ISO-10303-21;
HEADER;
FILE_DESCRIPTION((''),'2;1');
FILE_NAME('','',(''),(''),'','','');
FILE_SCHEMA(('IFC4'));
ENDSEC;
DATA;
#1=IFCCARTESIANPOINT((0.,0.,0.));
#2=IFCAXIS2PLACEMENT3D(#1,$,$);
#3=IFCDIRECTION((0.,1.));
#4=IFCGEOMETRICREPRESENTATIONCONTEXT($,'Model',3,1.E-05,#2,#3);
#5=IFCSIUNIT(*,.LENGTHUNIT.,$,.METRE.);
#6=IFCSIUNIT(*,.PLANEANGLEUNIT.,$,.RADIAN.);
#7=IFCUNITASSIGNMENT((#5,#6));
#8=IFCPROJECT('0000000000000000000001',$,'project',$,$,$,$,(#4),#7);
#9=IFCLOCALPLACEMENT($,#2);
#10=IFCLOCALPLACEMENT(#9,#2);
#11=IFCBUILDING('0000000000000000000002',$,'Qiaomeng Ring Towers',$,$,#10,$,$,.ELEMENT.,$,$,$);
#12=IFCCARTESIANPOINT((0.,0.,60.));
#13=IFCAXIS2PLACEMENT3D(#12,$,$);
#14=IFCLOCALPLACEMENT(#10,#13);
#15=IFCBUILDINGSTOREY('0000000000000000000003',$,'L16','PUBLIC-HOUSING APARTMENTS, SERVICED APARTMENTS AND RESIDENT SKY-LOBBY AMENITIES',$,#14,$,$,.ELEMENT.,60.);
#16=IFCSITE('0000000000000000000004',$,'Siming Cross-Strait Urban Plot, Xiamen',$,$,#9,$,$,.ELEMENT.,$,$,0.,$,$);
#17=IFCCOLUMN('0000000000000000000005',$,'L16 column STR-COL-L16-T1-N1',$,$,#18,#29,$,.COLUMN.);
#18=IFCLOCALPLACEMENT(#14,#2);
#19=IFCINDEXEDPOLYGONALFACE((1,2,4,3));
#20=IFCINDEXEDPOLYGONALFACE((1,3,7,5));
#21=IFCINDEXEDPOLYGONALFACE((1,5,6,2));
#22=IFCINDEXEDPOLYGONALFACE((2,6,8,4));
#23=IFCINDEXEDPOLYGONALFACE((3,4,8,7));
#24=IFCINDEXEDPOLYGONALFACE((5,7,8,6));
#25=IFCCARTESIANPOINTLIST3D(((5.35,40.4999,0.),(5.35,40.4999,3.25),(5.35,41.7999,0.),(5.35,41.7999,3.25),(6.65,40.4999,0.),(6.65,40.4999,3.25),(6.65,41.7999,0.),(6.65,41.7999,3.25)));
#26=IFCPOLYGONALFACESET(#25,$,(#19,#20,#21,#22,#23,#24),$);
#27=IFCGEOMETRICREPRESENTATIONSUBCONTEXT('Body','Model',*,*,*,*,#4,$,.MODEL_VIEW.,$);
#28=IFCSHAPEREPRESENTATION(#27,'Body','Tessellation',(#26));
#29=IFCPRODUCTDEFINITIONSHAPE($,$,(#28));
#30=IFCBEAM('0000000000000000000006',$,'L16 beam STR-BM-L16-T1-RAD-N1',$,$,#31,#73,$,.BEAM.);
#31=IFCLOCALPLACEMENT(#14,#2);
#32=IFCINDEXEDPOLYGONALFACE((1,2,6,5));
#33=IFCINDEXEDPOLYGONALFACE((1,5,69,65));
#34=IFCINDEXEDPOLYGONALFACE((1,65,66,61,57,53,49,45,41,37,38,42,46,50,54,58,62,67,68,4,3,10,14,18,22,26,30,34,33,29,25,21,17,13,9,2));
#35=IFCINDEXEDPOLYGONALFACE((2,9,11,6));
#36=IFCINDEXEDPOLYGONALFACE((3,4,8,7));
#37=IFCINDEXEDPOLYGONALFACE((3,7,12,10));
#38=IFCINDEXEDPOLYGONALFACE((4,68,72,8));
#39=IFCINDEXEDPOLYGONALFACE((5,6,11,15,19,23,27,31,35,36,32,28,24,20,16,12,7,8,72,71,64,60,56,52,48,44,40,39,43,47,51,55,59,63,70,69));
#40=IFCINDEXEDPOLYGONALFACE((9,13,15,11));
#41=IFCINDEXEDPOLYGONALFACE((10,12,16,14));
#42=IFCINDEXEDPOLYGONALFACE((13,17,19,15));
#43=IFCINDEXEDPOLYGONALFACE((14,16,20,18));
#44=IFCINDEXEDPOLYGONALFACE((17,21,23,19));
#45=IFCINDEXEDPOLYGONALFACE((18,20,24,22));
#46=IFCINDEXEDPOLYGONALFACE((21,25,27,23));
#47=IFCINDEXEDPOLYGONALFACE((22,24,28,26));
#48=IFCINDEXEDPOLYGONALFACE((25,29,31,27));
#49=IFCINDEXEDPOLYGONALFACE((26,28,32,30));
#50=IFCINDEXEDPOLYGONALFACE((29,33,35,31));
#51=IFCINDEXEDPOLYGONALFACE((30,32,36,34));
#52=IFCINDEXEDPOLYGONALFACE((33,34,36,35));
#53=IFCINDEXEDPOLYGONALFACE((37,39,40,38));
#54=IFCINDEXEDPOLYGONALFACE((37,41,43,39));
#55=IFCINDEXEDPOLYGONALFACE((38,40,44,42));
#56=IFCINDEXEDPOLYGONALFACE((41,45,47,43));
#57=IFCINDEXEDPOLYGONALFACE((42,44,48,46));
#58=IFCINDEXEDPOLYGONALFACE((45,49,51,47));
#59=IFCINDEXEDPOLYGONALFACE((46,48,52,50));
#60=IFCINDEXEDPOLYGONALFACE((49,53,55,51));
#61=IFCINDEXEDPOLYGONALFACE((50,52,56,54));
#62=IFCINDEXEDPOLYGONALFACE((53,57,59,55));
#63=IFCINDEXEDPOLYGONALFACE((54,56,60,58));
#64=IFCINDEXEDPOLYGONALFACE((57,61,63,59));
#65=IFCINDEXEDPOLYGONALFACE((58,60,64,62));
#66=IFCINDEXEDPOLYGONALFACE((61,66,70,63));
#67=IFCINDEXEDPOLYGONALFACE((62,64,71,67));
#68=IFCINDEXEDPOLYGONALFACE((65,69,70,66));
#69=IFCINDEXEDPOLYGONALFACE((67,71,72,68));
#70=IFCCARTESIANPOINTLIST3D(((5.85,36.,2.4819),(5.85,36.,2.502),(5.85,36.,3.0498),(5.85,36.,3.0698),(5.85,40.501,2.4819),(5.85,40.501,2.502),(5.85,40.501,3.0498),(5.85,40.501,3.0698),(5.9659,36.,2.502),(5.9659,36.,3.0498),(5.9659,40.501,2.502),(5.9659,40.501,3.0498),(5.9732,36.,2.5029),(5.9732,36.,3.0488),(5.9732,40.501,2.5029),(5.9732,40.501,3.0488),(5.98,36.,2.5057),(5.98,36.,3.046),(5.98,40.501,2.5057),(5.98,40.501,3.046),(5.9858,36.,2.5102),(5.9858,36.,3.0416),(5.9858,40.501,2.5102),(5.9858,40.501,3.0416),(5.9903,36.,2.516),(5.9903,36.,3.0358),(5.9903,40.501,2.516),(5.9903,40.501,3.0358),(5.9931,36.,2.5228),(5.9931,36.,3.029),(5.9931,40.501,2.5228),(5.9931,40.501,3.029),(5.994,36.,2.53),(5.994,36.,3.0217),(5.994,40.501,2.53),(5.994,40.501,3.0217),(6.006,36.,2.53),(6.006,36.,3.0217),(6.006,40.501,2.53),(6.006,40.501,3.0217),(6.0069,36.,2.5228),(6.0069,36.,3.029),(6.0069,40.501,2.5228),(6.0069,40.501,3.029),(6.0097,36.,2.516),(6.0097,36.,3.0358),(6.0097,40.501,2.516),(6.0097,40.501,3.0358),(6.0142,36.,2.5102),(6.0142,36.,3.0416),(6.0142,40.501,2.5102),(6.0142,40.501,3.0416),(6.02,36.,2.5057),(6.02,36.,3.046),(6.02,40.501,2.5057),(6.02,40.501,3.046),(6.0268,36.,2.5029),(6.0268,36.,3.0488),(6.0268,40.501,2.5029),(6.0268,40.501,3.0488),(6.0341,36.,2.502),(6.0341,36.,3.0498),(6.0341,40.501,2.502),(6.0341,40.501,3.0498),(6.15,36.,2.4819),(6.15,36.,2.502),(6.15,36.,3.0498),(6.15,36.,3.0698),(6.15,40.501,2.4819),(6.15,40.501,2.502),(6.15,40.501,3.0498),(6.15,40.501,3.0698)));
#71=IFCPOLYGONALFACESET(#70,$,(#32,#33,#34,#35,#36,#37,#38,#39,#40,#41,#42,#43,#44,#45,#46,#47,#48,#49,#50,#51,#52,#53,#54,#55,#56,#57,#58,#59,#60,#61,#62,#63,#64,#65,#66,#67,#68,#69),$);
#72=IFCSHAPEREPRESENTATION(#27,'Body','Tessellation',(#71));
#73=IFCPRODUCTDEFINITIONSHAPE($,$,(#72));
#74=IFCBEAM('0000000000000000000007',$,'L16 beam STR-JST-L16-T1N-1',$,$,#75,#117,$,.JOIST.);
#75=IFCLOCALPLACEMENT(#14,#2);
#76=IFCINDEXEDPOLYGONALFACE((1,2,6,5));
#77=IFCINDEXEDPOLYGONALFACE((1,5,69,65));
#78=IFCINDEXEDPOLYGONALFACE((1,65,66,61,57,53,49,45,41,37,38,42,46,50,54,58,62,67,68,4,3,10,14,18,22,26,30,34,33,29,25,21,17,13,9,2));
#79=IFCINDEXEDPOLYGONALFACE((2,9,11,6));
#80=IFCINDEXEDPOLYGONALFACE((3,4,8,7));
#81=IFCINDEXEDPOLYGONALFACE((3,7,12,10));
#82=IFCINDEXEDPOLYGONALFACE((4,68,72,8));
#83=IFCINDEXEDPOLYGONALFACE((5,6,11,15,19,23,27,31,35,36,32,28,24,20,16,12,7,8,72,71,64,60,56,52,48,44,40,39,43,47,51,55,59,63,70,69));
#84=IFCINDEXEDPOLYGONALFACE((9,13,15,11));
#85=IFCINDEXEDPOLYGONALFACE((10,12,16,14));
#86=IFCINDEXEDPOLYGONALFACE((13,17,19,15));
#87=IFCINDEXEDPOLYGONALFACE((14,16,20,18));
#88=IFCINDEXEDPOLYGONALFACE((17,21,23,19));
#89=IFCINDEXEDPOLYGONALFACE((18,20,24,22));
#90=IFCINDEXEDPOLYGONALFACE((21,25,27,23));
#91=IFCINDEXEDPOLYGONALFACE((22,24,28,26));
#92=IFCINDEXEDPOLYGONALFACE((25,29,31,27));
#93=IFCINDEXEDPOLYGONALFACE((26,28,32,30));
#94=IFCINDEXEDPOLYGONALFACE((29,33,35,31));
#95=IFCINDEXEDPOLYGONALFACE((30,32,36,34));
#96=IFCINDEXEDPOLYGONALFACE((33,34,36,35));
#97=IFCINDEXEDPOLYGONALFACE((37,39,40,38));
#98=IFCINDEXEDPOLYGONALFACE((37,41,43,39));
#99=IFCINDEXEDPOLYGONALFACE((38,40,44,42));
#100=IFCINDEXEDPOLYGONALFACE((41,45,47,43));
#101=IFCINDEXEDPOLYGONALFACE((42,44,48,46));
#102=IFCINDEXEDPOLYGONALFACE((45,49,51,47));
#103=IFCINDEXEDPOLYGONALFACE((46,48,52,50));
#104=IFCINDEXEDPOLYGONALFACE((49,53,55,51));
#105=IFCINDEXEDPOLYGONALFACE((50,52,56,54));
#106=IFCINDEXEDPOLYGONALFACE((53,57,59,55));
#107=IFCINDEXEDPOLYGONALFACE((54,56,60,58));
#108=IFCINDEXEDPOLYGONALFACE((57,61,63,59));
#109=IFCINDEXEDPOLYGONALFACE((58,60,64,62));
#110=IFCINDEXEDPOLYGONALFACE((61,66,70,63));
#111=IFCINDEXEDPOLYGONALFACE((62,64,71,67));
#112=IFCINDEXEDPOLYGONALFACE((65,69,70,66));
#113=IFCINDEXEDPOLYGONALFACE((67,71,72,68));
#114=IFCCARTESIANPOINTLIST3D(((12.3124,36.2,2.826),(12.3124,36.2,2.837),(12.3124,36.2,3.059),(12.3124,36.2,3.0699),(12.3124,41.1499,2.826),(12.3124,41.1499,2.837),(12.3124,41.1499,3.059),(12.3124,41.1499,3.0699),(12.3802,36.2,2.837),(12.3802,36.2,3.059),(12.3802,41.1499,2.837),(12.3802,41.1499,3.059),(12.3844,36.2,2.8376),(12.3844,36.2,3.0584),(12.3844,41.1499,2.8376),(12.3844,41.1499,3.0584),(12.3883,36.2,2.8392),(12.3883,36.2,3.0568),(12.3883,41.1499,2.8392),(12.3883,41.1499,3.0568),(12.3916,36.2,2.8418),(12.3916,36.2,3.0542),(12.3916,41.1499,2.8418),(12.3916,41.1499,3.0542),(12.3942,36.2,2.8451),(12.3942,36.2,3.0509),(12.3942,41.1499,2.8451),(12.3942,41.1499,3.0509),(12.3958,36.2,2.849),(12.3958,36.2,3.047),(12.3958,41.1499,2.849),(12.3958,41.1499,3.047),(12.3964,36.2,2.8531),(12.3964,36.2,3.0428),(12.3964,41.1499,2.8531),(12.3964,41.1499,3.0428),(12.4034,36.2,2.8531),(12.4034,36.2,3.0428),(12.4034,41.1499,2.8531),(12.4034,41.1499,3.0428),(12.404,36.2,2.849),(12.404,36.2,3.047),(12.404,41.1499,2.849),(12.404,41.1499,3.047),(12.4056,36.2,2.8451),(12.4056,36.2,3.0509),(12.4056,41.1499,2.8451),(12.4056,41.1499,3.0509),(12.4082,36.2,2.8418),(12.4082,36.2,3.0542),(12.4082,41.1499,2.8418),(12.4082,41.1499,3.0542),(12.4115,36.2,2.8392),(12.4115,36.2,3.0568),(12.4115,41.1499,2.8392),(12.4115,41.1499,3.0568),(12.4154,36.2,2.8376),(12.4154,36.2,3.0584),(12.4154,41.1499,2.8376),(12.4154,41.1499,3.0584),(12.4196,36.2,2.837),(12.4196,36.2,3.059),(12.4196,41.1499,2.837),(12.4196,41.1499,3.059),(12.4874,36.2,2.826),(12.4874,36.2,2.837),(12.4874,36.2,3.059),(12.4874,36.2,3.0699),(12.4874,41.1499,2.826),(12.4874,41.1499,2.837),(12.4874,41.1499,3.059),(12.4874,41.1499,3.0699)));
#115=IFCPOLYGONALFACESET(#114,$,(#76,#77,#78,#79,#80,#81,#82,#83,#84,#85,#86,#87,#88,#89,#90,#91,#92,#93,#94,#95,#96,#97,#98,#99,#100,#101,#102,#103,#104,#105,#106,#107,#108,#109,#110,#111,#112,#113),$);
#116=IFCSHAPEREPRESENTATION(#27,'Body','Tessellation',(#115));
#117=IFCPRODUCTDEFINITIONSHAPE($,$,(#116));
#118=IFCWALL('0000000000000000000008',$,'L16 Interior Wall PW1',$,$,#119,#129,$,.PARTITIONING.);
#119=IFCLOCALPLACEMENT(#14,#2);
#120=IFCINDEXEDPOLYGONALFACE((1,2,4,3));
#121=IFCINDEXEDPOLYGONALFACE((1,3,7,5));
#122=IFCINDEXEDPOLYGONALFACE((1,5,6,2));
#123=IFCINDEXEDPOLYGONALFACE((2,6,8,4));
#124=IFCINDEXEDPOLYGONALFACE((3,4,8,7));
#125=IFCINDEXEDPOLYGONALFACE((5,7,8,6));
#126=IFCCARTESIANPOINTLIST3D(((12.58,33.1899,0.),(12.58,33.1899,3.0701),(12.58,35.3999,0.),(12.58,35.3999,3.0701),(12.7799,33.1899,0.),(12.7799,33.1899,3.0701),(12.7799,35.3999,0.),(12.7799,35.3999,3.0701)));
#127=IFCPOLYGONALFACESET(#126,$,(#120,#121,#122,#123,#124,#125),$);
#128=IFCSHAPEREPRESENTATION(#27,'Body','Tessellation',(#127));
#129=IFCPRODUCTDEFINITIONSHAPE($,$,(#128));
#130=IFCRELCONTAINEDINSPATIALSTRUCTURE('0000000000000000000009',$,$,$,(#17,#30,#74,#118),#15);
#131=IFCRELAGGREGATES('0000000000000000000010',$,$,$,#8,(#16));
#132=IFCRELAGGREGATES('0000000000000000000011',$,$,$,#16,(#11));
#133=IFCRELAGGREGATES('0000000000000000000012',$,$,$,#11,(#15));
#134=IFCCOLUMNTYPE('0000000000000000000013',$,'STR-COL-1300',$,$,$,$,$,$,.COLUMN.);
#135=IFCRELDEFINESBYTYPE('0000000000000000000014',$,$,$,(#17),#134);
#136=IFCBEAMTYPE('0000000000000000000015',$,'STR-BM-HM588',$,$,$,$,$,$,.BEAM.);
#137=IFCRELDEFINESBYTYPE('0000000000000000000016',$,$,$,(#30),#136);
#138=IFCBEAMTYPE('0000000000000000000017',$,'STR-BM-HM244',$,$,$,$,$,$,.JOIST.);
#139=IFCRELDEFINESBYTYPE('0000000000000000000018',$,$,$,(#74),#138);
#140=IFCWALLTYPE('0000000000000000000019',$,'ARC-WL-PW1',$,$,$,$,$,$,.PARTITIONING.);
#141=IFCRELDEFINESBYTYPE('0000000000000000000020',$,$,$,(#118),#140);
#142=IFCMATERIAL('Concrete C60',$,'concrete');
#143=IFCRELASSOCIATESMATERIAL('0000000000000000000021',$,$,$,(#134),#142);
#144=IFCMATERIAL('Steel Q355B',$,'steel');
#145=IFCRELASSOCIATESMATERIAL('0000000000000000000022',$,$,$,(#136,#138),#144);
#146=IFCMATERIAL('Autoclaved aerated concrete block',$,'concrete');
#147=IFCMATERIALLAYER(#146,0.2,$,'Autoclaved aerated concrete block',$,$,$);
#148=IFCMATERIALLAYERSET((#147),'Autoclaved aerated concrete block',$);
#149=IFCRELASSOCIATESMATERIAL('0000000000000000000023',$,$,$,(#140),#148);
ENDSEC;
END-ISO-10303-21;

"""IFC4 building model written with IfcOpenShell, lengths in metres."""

from ifc_helpers import new_model, si_unit, direction, frame, frame_2d, origin, origin_2d, place, context, subcontext, project, spatial, rectangle, i_section, extrude, source, transform, mapped, material, layer, layer_set, material_profile, profile_set, type_object, element, save


model = new_model("IFC4")

# Units and contexts
model_context = context("Model", 3, precision=1e-05, world=origin(), true_north=direction((0.0, 1.0)))
body_context = subcontext(model_context, "Body", "Model", "MODEL_VIEW")
ifc_project = project(units=[si_unit("LENGTHUNIT", "METRE"), si_unit("PLANEANGLEUNIT", "RADIAN")], contexts=[model_context])

# Site, building, storey
site_placement = place(None, origin())
site = spatial("IfcSite", under=ifc_project, at=site_placement, Name="Siming Cross-Strait Urban Plot, Xiamen", CompositionType="ELEMENT", RefElevation=0.0)
building_placement = place(site_placement, origin())
building = spatial("IfcBuilding", under=site, at=building_placement, Name="Qiaomeng Ring Towers", CompositionType="ELEMENT")
storey_placement = place(building_placement, frame((0.0, 0.0, 60.0)))
storey = spatial("IfcBuildingStorey", under=building, at=storey_placement, Name="L16", Description="PUBLIC-HOUSING APARTMENTS, SERVICED APARTMENTS AND RESIDENT SKY-LOBBY AMENITIES", CompositionType="ELEMENT", Elevation=60.0)

# Column
ifc_material_1 = material(Name="Concrete C60", Category="concrete")
ifc_material_profile_1 = material_profile(ifc_material_1, rectangle(XDim=1.3, YDim=1.3, at=origin_2d()), Name="RC COL 1300x1300")
ifc_profile_set_1 = profile_set([ifc_material_profile_1], Name="Concrete C60")
column_type = type_object("IfcColumnType", Name="STR-COL-1300", PredefinedType="COLUMN", material=ifc_profile_set_1)
shared_shape_1 = source(origin(), body_context, "Body", "SweptSolid", [
    extrude(rectangle(XDim=1.3, YDim=1.3, at=origin_2d()), origin(), (0.0, 0.0, 1.0), 3.25),
])
column_placement = place(storey_placement, frame((6.0, 41.1499, 0.0), z_axis=(0.0, 0.0, 1.0), x_axis=(1.0, 0.0, 0.0)))
element("IfcColumn", 1, at=column_placement, inside=storey, type_object=column_type, Name="L16 column STR-COL-L16-T1-N1", PredefinedType="COLUMN", context=body_context, shape_type="MappedRepresentation", body=[
    mapped(shared_shape_1, transform((0.0, 0.0, 0.0), x_axis=(1.0, 0.0, 0.0), y_axis=(0.0, 1.0, 0.0), z_axis=(0.0, 0.0, 1.0), scale=1.0)),
])

# Beams
ifc_material_2 = material(Name="Steel Q355B", Category="steel")
ifc_material_profile_2 = material_profile(ifc_material_2, i_section(OverallWidth=0.3, OverallDepth=0.5879, WebThickness=0.012, FlangeThickness=0.02, FilletRadius=0.0281, at=origin_2d()), Name="HM 588x300x12x20")
ifc_profile_set_2 = profile_set([ifc_material_profile_2], Name="Steel Q355B")
beam_type_1 = type_object("IfcBeamType", Name="STR-BM-HM588", PredefinedType="BEAM", material=ifc_profile_set_2)
shared_shape_2 = source(origin(), body_context, "Body", "SweptSolid", [
    extrude(i_section(OverallWidth=0.3, OverallDepth=0.5879, WebThickness=0.012, FlangeThickness=0.02, FilletRadius=0.0281, at=origin_2d()), origin(), (0.0, 0.0, 1.0), 4.501),
])
beam_1_placement = place(storey_placement, frame((6.0, 40.501, 2.7759), z_axis=(0.0, -1.0, 0.0), x_axis=(1.0, 0.0, 0.0)))
element("IfcBeam", 2, at=beam_1_placement, inside=storey, type_object=beam_type_1, Name="L16 beam STR-BM-L16-T1-RAD-N1", PredefinedType="BEAM", context=body_context, shape_type="MappedRepresentation", body=[
    mapped(shared_shape_2, transform((0.0, 0.0, 0.0), x_axis=(1.0, 0.0, 0.0), y_axis=(0.0, 1.0, 0.0), z_axis=(0.0, 0.0, 1.0), scale=1.0)),
])
ifc_material_profile_3 = material_profile(ifc_material_2, i_section(OverallWidth=0.175, OverallDepth=0.2439, WebThickness=0.0071, FlangeThickness=0.011, FilletRadius=0.0161, at=origin_2d()), Name="HM 244x175x7x11")
ifc_profile_set_3 = profile_set([ifc_material_profile_3], Name="Steel Q355B")
beam_type_2 = type_object("IfcBeamType", Name="STR-BM-HM244", PredefinedType="JOIST", material=ifc_profile_set_3)
shared_shape_3 = source(origin(), body_context, "Body", "SweptSolid", [
    extrude(i_section(OverallWidth=0.175, OverallDepth=0.2439, WebThickness=0.0071, FlangeThickness=0.011, FilletRadius=0.0161, at=origin_2d()), origin(), (0.0, 0.0, 1.0), 4.95),
])
beam_2_placement = place(storey_placement, frame((12.3999, 36.2, 2.948), z_axis=(0.0, 1.0, 0.0), x_axis=(-1.0, 0.0, 0.0)))
element("IfcBeam", 3, at=beam_2_placement, inside=storey, type_object=beam_type_2, Name="L16 beam STR-JST-L16-T1N-1", PredefinedType="JOIST", context=body_context, shape_type="MappedRepresentation", body=[
    mapped(shared_shape_3, transform((0.0, 0.0, 0.0), x_axis=(1.0, 0.0, 0.0), y_axis=(0.0, 1.0, 0.0), z_axis=(0.0, 0.0, 1.0), scale=1.0)),
])

# Wall
ifc_material_3 = material(Name="Autoclaved aerated concrete block", Category="concrete")
ifc_layer_1 = layer(ifc_material_3, 0.2, Name="Autoclaved aerated concrete block")
ifc_layer_set_1 = layer_set([ifc_layer_1], Name="Autoclaved aerated concrete block")
wall_type_1 = type_object("IfcWallType", Name="ARC-WL-PW1", PredefinedType="PARTITIONING", material=ifc_layer_set_1)
wall_1_placement = place(storey_placement, frame((12.6799, 33.1899, 0.0), z_axis=(0.0, 0.0, 1.0), x_axis=(0.0, 1.0, 0.0)))
element("IfcWall", 4, at=wall_1_placement, inside=storey, type_object=wall_type_1, Name="L16 Interior Wall PW1", PredefinedType="PARTITIONING", context=body_context, shape_type="SweptSolid", body=[
    extrude(rectangle(XDim=2.21, YDim=0.2, at=frame_2d((1.105, 0.0))), origin(), (0.0, 0.0, 1.0), 3.0701),
])

save(model, "model.ifc")
